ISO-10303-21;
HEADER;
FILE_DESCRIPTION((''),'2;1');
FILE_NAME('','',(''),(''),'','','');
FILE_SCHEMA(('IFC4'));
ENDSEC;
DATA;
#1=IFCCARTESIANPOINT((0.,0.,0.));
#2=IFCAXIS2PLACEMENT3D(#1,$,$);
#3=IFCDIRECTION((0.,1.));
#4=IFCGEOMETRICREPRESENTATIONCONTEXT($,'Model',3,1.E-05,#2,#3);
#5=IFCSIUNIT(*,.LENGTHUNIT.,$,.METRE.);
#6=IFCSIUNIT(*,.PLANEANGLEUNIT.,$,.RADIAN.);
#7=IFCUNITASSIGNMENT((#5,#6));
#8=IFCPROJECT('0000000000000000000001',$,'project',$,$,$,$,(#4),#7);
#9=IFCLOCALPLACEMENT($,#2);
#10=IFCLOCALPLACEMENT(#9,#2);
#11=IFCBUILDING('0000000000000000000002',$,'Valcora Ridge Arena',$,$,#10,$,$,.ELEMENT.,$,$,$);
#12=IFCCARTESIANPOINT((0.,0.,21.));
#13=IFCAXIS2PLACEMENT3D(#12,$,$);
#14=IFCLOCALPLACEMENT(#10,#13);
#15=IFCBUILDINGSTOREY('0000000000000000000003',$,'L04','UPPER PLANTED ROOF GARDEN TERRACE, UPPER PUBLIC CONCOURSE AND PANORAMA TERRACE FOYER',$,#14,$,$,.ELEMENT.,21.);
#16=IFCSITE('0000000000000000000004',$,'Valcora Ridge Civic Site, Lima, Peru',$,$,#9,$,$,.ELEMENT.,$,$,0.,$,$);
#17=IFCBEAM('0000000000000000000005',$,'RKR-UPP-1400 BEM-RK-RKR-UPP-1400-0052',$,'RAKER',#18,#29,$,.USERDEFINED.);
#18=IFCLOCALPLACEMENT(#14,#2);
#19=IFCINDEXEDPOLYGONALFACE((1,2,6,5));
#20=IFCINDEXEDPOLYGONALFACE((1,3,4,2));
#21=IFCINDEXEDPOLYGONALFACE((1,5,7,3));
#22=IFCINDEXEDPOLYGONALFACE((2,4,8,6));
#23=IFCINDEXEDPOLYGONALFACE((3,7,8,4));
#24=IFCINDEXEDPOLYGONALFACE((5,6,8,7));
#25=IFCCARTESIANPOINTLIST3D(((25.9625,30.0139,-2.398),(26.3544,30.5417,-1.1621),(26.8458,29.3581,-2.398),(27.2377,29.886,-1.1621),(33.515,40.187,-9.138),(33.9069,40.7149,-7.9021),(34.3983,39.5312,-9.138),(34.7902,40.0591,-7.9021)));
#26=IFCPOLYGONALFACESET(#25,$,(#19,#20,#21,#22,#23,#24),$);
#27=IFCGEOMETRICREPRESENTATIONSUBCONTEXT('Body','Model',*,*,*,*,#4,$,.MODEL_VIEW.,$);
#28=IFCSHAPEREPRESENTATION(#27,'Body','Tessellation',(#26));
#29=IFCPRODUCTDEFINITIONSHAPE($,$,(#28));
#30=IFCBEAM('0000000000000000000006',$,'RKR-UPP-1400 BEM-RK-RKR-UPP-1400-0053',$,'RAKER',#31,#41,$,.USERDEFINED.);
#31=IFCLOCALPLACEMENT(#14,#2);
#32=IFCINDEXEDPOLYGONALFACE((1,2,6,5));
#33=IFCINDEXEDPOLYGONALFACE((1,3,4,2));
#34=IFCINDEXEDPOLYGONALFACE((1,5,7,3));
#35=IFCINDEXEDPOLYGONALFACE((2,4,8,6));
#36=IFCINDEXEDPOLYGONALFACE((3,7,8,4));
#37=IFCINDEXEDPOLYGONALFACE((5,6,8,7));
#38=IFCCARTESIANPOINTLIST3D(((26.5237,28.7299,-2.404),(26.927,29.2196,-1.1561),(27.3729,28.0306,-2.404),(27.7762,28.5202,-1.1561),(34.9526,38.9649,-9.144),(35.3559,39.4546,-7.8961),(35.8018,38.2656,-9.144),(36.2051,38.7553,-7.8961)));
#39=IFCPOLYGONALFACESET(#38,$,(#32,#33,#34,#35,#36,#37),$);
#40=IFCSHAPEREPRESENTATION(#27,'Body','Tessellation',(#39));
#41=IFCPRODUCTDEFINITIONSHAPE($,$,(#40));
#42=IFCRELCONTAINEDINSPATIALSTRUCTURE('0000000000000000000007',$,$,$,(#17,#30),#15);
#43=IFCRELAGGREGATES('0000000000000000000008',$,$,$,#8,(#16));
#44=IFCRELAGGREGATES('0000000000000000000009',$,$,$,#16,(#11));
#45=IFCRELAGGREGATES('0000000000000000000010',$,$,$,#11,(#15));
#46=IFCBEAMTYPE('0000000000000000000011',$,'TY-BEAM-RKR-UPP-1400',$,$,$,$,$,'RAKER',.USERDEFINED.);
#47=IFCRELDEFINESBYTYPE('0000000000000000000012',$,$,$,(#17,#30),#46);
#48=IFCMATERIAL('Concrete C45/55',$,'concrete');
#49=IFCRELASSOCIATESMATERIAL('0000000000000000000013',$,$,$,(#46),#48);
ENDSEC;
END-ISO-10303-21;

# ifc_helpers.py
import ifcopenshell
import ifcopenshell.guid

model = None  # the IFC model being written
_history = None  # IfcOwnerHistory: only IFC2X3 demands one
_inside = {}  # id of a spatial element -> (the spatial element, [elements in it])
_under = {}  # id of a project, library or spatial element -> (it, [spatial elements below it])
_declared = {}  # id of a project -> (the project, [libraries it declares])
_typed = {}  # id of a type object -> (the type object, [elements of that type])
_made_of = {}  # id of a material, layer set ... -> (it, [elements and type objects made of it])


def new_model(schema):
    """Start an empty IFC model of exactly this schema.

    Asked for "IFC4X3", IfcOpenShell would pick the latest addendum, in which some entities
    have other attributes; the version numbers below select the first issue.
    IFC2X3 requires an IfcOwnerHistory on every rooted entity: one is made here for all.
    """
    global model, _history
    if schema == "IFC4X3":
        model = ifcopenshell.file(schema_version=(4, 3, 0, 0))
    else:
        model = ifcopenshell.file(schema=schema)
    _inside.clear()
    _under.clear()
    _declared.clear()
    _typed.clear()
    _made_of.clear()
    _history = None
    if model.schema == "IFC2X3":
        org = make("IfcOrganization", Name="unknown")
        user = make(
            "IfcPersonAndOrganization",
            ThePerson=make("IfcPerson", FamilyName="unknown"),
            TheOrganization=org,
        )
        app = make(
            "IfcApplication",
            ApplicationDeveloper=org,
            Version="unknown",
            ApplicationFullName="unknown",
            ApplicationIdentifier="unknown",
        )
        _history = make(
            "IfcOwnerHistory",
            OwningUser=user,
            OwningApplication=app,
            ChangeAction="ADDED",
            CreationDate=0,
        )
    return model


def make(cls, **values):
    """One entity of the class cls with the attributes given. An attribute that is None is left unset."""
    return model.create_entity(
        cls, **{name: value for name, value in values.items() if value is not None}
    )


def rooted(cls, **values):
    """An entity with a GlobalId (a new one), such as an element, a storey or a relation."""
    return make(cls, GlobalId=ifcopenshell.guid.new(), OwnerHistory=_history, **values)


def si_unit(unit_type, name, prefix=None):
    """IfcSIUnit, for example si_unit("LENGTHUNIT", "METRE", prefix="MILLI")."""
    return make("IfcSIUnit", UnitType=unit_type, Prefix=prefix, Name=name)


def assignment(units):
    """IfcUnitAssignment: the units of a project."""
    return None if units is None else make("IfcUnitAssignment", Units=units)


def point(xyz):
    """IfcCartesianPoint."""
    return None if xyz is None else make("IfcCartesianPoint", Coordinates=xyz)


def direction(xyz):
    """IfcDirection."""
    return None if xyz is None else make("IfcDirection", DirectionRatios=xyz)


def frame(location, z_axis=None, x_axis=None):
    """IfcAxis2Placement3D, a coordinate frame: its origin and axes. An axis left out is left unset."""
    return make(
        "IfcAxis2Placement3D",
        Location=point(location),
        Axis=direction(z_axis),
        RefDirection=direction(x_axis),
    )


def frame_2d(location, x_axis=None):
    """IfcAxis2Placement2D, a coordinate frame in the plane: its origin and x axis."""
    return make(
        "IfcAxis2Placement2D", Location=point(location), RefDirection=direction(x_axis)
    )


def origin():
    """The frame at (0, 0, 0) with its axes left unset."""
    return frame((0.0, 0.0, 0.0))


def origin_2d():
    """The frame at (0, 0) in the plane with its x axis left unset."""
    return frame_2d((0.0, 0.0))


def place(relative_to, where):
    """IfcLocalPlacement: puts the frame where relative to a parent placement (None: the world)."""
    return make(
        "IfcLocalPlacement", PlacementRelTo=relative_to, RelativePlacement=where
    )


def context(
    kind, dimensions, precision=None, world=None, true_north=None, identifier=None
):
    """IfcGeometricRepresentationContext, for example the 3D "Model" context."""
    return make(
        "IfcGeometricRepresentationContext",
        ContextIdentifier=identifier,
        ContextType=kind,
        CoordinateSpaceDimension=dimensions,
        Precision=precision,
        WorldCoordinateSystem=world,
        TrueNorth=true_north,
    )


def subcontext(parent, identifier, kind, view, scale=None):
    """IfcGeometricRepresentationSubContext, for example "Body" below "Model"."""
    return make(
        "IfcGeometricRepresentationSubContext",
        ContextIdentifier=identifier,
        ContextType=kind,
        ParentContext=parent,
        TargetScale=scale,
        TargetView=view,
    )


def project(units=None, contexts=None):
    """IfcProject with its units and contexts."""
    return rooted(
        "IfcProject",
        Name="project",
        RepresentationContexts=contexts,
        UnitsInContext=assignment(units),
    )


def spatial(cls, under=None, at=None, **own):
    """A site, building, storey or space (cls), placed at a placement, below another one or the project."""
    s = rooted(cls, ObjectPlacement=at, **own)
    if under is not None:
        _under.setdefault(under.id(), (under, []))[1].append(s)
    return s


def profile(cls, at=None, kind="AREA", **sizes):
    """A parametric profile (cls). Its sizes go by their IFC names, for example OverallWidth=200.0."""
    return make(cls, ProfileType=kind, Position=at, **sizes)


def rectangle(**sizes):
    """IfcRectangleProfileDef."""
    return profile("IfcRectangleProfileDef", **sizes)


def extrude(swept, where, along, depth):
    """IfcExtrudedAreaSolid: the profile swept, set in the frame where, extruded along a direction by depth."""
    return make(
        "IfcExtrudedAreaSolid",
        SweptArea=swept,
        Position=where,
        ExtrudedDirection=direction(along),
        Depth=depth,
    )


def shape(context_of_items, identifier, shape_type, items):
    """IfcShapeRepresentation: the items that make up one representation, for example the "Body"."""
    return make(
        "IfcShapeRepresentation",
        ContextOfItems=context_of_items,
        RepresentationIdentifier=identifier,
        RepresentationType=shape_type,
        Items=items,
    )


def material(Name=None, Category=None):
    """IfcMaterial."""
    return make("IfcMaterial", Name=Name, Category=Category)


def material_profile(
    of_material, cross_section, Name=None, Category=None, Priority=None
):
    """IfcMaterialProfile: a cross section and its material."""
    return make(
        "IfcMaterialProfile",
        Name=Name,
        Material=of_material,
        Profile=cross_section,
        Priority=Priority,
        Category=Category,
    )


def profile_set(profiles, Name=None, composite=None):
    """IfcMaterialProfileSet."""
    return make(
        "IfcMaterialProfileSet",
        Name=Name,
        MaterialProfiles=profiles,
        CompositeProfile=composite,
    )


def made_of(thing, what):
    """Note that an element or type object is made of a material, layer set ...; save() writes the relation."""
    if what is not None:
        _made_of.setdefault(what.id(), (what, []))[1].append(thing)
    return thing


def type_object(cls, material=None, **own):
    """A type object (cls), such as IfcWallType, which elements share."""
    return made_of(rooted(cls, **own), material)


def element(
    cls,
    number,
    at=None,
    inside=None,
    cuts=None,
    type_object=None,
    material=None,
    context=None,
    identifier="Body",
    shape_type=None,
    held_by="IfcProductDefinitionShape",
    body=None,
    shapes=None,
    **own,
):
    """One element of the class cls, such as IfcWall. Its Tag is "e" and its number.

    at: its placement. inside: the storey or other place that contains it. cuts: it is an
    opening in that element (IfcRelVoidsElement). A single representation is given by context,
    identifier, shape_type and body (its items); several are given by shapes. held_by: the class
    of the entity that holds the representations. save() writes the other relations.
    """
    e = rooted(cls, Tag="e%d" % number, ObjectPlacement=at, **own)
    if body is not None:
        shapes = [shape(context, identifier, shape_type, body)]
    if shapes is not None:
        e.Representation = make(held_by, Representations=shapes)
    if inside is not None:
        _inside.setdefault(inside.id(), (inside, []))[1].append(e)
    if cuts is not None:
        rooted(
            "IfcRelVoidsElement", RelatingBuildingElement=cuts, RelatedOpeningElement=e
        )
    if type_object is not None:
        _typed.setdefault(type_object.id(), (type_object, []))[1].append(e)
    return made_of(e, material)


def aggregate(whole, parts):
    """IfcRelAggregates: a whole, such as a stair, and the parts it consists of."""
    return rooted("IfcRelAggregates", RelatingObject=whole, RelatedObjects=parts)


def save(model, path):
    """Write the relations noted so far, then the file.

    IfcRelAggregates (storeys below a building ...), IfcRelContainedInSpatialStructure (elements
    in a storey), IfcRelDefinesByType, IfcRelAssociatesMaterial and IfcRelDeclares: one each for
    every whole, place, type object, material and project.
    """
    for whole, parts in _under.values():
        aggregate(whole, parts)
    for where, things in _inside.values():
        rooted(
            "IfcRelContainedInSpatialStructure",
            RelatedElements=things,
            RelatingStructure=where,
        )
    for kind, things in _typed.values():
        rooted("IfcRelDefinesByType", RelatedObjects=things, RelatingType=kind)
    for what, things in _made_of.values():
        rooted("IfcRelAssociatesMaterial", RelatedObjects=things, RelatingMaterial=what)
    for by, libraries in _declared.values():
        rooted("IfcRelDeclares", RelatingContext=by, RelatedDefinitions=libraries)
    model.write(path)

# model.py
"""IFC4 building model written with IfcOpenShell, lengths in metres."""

from ifc_helpers import new_model, si_unit, direction, frame, origin, origin_2d, place, context, subcontext, project, spatial, rectangle, extrude, material, material_profile, profile_set, type_object, element, save


model = new_model("IFC4")

# Units and contexts
model_context = context("Model", 3, precision=1e-05, world=origin(), true_north=direction((0.0, 1.0)))
body_context = subcontext(model_context, "Body", "Model", "MODEL_VIEW")
ifc_project = project(units=[si_unit("LENGTHUNIT", "METRE"), si_unit("PLANEANGLEUNIT", "RADIAN")], contexts=[model_context])

# Site, building, storey
site_placement = place(None, origin())
site = spatial("IfcSite", under=ifc_project, at=site_placement, Name="Valcora Ridge Civic Site, Lima, Peru", CompositionType="ELEMENT", RefElevation=0.0)
building_placement = place(site_placement, origin())
building = spatial("IfcBuilding", under=site, at=building_placement, Name="Valcora Ridge Arena", CompositionType="ELEMENT")
storey_placement = place(building_placement, frame((0.0, 0.0, 21.0)))
storey = spatial("IfcBuildingStorey", under=building, at=storey_placement, Name="L04", Description="UPPER PLANTED ROOF GARDEN TERRACE, UPPER PUBLIC CONCOURSE AND PANORAMA TERRACE FOYER", CompositionType="ELEMENT", Elevation=21.0)

# Beams
ifc_material_1 = material(Name="Concrete C45/55", Category="concrete")
ifc_material_profile_1 = material_profile(ifc_material_1, rectangle(XDim=1.1001, YDim=1.3999, at=origin_2d()), Name="RC 1100x1400")
ifc_profile_set_1 = profile_set([ifc_material_profile_1], Name="Concrete C45/55")
beam_type_1 = type_object("IfcBeamType", Name="TY-BEAM-RKR-UPP-1400", ElementType="RAKER", PredefinedType="USERDEFINED", material=ifc_profile_set_1)
beam_1_placement = place(storey_placement, frame((34.1526, 40.123, -8.52), z_axis=(-0.526259, -0.708863, 0.469644), x_axis=(0.80292, -0.596087, 0.0)))
element("IfcBeam", 1, at=beam_1_placement, inside=storey, type_object=beam_type_1, Name="RKR-UPP-1400 BEM-RK-RKR-UPP-1400-0052", ObjectType="RAKER", PredefinedType="USERDEFINED", context=body_context, shape_type="SweptSolid", body=[
    extrude(rectangle(XDim=1.1001, YDim=1.3999, at=origin_2d()), origin(), (0.0, 0.0, 1.0), 14.3513),
])
beam_2_placement = place(storey_placement, frame((35.5789, 38.8601, -8.52), z_axis=(-0.566695, -0.688126, 0.453143), x_axis=(0.771929, -0.635709, 0.0)))
element("IfcBeam", 2, at=beam_2_placement, inside=storey, type_object=beam_type_1, Name="RKR-UPP-1400 BEM-RK-RKR-UPP-1400-0053", ObjectType="RAKER", PredefinedType="USERDEFINED", context=body_context, shape_type="SweptSolid", body=[
    extrude(rectangle(XDim=1.1001, YDim=1.3999, at=origin_2d()), origin(), (0.0, 0.0, 1.0), 14.8738),
])

save(model, "model.ifc")
